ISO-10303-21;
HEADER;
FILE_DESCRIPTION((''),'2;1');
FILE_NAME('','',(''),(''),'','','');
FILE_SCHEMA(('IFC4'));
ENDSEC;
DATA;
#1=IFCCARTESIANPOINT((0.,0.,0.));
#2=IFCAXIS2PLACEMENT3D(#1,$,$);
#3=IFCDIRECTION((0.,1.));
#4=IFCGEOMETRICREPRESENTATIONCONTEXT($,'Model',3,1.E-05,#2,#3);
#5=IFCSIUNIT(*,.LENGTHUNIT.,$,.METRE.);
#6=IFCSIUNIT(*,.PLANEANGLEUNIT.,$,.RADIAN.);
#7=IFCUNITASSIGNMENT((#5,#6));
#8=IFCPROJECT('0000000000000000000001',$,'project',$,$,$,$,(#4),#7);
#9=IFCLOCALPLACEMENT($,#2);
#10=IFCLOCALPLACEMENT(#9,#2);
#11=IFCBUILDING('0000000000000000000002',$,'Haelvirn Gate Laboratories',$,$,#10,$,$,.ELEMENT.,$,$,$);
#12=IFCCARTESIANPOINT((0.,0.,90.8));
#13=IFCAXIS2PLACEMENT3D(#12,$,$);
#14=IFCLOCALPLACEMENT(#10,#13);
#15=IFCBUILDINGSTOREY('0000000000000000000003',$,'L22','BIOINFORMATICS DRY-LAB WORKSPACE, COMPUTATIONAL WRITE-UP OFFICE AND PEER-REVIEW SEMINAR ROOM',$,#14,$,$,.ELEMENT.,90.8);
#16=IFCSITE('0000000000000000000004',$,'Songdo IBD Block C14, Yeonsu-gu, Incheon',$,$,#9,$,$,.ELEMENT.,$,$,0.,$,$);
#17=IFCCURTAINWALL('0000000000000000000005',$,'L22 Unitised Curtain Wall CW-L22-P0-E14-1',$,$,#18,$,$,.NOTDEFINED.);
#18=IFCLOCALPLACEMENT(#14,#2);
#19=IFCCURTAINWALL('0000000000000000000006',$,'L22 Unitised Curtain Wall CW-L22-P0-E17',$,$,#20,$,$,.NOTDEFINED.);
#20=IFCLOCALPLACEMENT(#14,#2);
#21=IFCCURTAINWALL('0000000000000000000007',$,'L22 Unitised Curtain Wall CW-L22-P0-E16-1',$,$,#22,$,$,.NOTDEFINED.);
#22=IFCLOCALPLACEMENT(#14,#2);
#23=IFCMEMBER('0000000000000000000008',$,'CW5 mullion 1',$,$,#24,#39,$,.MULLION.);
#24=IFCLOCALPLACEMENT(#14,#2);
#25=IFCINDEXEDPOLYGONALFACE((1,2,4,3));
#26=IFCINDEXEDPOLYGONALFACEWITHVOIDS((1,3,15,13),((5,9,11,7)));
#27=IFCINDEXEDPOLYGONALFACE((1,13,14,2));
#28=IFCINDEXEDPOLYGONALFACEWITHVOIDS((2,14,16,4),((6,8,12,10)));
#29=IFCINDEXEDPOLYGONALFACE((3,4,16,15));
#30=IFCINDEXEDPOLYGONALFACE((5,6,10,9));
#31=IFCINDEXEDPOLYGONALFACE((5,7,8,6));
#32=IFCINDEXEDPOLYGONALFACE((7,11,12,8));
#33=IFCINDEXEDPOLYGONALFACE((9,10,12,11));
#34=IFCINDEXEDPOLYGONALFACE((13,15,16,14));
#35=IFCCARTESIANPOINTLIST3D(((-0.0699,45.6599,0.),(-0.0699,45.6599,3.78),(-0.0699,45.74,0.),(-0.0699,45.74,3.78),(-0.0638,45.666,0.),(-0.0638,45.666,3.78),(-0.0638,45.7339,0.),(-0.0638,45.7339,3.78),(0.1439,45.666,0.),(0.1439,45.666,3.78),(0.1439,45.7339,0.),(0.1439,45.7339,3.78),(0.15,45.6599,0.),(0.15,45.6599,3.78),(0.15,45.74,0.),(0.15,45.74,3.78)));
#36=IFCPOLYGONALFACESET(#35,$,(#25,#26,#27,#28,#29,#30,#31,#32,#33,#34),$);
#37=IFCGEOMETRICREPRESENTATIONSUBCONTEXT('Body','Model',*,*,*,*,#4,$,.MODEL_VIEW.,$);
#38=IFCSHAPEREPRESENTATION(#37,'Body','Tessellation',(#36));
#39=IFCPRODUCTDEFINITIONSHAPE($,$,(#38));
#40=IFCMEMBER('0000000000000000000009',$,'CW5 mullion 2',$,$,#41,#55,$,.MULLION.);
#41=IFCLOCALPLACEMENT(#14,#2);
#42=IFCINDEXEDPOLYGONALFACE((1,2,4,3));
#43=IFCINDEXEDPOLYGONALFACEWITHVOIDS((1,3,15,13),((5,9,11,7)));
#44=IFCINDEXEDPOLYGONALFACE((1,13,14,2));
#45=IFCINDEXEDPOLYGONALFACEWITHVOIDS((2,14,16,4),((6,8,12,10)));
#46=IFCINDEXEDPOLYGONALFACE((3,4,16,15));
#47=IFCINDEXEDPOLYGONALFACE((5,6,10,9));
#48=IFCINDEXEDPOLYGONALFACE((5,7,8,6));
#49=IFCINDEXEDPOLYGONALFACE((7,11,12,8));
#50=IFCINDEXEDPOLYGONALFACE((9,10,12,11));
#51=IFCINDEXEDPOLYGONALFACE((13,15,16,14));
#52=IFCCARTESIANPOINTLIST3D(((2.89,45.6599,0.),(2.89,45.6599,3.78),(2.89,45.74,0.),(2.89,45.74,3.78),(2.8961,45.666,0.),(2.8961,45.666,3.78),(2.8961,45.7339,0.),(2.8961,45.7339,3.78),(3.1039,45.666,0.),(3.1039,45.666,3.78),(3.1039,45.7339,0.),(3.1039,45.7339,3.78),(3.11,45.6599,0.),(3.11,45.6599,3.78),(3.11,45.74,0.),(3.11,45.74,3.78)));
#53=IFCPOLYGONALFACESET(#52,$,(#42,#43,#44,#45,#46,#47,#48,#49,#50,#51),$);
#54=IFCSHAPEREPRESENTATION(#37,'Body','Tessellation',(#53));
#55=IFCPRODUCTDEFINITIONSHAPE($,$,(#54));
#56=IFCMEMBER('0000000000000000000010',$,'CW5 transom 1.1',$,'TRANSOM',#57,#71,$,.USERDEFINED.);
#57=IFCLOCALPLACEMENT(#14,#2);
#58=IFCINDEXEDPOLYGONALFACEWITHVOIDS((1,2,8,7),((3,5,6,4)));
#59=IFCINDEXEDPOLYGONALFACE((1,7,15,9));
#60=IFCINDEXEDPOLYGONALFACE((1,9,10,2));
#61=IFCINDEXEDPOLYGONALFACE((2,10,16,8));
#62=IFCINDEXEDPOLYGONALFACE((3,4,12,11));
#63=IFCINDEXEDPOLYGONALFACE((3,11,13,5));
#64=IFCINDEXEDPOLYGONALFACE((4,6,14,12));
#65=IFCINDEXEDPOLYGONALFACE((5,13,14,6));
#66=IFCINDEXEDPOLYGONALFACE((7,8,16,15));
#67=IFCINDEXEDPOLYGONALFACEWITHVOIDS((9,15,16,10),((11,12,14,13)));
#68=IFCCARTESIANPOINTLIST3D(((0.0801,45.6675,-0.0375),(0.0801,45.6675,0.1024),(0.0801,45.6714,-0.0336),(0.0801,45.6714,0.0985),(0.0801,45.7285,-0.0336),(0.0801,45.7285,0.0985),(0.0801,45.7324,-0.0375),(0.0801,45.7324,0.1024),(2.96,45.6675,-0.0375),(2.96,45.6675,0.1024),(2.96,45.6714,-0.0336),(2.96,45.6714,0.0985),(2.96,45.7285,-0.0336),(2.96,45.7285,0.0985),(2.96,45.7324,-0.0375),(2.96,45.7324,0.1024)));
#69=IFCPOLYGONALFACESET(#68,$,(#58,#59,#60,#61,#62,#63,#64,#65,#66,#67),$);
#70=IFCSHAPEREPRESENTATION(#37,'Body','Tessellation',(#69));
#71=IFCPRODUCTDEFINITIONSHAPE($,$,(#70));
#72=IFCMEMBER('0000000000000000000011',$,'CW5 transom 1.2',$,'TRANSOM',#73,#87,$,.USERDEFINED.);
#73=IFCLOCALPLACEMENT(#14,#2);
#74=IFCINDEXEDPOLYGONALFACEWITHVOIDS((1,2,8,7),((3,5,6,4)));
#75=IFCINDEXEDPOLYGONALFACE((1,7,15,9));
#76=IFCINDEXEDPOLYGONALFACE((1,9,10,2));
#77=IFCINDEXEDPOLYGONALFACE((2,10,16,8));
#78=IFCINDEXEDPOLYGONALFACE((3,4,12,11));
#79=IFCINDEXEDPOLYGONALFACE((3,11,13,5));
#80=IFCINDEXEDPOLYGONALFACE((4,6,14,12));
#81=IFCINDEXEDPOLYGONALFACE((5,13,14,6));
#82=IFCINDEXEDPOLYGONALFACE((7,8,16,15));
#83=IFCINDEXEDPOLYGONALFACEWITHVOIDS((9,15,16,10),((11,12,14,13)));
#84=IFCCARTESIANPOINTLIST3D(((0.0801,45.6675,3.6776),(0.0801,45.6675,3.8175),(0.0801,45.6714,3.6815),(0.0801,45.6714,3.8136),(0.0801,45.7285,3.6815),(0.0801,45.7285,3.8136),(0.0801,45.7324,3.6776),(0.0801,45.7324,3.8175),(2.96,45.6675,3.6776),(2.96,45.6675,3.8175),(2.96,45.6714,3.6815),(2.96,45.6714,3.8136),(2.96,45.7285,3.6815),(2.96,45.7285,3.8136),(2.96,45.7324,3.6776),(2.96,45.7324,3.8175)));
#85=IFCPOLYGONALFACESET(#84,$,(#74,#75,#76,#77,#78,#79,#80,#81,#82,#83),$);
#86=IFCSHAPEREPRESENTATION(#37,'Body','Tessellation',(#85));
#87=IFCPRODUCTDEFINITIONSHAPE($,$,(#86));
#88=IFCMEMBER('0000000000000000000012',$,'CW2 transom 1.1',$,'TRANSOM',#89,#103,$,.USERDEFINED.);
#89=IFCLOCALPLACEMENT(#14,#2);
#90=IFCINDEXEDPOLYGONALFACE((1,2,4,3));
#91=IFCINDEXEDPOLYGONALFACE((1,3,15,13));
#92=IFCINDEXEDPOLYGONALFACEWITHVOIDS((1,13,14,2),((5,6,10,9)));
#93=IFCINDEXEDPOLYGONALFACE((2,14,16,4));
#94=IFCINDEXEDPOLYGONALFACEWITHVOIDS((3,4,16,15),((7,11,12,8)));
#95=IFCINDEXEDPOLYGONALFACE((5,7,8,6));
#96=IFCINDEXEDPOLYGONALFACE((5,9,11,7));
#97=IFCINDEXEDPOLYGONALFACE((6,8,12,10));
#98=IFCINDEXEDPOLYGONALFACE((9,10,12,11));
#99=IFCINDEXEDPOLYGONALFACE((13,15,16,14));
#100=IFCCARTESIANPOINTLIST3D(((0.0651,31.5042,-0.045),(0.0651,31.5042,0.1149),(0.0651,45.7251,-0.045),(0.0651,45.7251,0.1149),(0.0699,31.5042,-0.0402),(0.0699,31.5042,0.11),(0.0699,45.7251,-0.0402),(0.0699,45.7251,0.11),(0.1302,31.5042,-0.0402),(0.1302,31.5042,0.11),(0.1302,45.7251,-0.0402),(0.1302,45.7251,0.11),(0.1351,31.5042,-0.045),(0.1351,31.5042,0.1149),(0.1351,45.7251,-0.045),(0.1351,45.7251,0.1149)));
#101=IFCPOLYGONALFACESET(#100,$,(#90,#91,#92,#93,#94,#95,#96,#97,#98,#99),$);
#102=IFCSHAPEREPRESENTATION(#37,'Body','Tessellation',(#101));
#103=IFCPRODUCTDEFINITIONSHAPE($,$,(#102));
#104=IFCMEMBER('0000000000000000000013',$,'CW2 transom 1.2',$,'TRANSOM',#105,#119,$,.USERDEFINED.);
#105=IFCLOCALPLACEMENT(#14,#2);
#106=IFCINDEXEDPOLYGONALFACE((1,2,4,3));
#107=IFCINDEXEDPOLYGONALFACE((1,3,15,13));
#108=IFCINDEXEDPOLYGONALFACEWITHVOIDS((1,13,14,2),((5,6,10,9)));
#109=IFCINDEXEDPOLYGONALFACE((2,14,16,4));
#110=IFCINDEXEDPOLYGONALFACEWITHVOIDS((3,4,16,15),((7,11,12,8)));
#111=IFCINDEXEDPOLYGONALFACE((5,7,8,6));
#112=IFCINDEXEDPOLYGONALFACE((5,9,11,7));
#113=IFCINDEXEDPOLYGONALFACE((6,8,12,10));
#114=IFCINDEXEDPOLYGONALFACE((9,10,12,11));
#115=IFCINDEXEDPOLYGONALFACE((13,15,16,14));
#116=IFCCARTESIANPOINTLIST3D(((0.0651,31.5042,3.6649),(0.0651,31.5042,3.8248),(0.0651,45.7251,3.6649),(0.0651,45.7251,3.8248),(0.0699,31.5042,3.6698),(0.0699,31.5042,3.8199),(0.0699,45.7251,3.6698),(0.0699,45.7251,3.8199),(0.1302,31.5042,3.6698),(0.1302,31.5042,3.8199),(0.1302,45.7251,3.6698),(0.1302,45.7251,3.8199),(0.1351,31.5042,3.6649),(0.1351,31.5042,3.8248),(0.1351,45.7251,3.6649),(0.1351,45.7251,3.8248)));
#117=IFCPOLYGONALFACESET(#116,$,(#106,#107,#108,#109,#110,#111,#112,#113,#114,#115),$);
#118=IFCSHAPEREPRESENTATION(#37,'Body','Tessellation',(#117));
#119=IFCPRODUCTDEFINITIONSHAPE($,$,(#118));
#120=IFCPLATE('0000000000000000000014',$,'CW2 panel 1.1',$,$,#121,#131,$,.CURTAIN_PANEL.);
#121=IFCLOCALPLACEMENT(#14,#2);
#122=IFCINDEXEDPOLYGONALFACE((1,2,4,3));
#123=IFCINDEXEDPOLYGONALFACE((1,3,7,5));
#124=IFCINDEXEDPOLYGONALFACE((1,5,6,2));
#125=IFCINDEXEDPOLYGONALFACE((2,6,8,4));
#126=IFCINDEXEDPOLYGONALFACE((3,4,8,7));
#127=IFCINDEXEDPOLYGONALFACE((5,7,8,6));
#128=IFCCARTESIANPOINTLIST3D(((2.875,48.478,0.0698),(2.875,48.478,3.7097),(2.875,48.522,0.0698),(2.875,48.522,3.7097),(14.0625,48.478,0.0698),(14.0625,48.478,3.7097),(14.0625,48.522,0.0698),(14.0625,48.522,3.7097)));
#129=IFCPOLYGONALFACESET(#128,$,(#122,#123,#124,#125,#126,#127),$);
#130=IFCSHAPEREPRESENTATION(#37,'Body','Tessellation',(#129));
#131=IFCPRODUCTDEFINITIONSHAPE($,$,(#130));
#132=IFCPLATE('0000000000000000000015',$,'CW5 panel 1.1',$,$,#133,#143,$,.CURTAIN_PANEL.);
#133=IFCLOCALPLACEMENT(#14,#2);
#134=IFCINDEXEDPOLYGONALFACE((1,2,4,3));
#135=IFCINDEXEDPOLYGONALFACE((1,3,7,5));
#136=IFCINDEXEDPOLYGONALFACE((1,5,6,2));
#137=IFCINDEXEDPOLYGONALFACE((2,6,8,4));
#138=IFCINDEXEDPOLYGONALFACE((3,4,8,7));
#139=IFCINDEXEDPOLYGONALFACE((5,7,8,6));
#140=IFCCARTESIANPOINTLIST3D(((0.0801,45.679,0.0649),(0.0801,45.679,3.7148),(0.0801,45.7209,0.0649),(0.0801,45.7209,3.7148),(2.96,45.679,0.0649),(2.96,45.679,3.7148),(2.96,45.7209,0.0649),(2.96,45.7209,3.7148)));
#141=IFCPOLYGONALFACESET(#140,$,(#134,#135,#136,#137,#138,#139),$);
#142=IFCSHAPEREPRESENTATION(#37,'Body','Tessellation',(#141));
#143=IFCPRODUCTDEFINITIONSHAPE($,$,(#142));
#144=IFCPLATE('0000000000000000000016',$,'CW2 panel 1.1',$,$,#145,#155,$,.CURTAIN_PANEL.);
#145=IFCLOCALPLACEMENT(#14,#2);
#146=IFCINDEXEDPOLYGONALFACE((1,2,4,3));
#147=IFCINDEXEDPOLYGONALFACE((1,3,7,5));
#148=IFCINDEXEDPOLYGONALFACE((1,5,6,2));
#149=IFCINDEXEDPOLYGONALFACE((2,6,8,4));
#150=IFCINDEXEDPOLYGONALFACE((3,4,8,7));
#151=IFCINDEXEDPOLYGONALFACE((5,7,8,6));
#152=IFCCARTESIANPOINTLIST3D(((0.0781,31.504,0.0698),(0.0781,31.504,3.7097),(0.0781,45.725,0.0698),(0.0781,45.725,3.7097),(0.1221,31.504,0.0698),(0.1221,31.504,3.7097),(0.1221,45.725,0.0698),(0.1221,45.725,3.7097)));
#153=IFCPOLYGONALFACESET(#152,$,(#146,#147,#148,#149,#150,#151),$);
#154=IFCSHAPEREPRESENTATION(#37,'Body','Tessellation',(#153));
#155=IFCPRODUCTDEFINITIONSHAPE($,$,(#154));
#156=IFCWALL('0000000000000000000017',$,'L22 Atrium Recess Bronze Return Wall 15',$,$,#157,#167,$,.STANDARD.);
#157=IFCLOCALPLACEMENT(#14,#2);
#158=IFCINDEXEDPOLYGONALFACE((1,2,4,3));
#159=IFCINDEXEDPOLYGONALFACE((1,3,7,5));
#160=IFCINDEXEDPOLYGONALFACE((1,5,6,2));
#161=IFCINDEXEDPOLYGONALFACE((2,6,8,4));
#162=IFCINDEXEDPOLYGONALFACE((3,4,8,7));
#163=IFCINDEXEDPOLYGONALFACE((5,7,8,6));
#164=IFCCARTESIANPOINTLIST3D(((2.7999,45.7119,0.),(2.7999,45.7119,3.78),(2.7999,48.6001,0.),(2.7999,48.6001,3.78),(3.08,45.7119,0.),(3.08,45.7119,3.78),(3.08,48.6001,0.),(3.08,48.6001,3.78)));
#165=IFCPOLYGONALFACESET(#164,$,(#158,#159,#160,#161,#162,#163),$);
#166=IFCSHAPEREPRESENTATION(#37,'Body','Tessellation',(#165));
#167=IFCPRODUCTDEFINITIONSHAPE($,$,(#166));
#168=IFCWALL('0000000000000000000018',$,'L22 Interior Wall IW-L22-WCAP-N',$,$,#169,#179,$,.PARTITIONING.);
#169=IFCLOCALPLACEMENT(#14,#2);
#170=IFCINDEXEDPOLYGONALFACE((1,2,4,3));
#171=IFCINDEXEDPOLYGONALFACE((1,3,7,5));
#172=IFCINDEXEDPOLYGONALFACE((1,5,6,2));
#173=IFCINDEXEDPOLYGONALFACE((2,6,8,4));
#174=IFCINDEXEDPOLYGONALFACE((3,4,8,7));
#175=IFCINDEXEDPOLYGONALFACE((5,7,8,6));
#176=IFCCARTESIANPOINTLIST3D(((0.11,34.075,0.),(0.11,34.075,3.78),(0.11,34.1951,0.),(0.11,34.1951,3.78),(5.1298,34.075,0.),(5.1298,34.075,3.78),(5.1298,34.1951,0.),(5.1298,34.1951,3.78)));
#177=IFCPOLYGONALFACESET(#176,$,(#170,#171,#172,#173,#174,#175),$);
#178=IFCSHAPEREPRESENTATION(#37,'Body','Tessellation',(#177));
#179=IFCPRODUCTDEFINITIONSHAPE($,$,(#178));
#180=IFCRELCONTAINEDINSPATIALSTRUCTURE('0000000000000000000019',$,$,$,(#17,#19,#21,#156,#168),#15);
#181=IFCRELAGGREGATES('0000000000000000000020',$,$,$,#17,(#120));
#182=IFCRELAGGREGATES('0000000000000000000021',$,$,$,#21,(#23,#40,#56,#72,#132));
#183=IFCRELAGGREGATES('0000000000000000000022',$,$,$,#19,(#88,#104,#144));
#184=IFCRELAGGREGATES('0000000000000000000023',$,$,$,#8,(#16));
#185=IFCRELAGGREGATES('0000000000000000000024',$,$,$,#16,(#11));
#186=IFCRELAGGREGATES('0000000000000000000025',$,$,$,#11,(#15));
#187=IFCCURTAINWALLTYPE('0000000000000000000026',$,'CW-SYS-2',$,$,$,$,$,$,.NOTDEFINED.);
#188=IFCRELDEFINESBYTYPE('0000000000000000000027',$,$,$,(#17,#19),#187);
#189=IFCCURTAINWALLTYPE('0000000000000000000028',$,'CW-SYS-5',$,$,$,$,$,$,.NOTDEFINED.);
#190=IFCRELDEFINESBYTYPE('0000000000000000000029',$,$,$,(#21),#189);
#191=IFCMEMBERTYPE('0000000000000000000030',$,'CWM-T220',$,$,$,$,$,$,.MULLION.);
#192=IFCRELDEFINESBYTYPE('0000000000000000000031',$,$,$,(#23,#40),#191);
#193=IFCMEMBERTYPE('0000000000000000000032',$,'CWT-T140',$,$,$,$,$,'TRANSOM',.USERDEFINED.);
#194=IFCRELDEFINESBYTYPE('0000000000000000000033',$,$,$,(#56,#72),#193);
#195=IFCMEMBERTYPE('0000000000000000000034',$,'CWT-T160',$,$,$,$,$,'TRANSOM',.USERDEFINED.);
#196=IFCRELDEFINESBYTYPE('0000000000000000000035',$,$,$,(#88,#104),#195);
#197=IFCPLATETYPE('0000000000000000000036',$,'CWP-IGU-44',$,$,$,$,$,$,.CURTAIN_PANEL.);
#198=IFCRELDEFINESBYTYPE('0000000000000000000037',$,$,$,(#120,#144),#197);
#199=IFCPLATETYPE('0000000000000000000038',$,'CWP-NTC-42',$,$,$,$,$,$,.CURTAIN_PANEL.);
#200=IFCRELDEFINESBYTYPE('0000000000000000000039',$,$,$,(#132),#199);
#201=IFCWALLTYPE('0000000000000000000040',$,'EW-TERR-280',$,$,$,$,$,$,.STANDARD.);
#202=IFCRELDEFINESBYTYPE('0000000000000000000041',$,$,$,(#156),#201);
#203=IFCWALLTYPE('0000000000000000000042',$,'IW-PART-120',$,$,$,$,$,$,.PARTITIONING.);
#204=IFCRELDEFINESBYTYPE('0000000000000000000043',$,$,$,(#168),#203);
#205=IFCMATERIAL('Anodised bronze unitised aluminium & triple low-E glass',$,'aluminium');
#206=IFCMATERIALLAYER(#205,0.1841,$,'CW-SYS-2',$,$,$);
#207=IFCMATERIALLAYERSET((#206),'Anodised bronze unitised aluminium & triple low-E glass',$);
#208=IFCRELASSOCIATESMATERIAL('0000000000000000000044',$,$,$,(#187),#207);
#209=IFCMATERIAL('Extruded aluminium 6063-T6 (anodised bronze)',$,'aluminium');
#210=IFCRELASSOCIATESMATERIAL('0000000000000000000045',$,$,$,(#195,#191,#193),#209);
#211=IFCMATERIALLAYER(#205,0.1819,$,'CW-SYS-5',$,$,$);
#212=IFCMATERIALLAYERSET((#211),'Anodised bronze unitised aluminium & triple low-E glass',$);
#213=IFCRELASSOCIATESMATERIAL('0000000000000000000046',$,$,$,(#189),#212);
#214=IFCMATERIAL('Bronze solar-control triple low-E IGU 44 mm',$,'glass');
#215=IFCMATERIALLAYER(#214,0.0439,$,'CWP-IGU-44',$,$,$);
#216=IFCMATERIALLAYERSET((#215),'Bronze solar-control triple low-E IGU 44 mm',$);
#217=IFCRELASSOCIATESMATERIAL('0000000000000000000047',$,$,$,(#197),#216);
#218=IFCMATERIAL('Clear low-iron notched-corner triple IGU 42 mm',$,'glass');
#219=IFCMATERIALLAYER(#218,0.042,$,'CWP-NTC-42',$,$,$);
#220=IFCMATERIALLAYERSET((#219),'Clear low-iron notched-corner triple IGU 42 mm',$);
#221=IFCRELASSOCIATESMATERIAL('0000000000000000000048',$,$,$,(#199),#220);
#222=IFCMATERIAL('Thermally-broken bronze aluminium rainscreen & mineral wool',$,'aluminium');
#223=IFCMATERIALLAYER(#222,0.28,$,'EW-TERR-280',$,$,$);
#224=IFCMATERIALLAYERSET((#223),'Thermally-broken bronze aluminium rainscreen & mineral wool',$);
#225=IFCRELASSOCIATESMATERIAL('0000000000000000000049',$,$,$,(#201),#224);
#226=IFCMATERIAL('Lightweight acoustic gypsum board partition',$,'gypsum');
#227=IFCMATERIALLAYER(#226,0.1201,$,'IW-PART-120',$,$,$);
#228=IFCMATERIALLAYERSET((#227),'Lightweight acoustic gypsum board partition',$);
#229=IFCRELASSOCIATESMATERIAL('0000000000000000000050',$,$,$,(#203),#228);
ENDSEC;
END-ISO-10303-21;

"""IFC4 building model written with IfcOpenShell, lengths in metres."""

from ifc_helpers import new_model, si_unit, direction, frame, frame_2d, origin, origin_2d, place, context, subcontext, project, spatial, rectangle, hollow_rectangle, extrude, source, transform, mapped, material, layer, layer_set, material_profile, profile_set, type_object, type_shapes, element, aggregate, save


model = new_model("IFC4")

# Units and contexts
model_context = context("Model", 3, precision=1e-05, world=origin(), true_north=direction((0.0, 1.0)))
body_context = subcontext(model_context, "Body", "Model", "MODEL_VIEW")
ifc_project = project(units=[si_unit("LENGTHUNIT", "METRE"), si_unit("PLANEANGLEUNIT", "RADIAN")], contexts=[model_context])

# Site, building, storey
site_placement = place(None, origin())
site = spatial("IfcSite", under=ifc_project, at=site_placement, Name="Songdo IBD Block C14, Yeonsu-gu, Incheon", CompositionType="ELEMENT", RefElevation=0.0)
building_placement = place(site_placement, origin())
building = spatial("IfcBuilding", under=site, at=building_placement, Name="Haelvirn Gate Laboratories", CompositionType="ELEMENT")
storey_placement = place(building_placement, frame((0.0, 0.0, 90.8)))
storey = spatial("IfcBuildingStorey", under=building, at=storey_placement, Name="L22", Description="BIOINFORMATICS DRY-LAB WORKSPACE, COMPUTATIONAL WRITE-UP OFFICE AND PEER-REVIEW SEMINAR ROOM", CompositionType="ELEMENT", Elevation=90.8)

# Curtain walls
ifc_material_1 = material(Name="Anodised bronze unitised aluminium & triple low-E glass", Category="aluminium")
ifc_layer_1 = layer(ifc_material_1, 0.1841, Name="CW-SYS-2")
ifc_layer_set_1 = layer_set([ifc_layer_1], Name="Anodised bronze unitised aluminium & triple low-E glass")
curtain_wall_type_1 = type_object("IfcCurtainWallType", Name="CW-SYS-2", PredefinedType="NOTDEFINED", material=ifc_layer_set_1)
curtain_wall_1_placement = place(storey_placement, origin())
curtain_wall_1 = element("IfcCurtainWall", 1, at=curtain_wall_1_placement, inside=storey, type_object=curtain_wall_type_1, Name="L22 Unitised Curtain Wall CW-L22-P0-E14-1", PredefinedType="NOTDEFINED")
ifc_material_2 = material(Name="Extruded aluminium 6063-T6 (anodised bronze)", Category="aluminium")
curtain_wall_2_placement = place(storey_placement, origin())
curtain_wall_2 = element("IfcCurtainWall", 2, at=curtain_wall_2_placement, inside=storey, type_object=curtain_wall_type_1, Name="L22 Unitised Curtain Wall CW-L22-P0-E17", PredefinedType="NOTDEFINED")

# Shared definitions
ifc_material_profile_1 = material_profile(ifc_material_2, hollow_rectangle(XDim=0.0701, YDim=0.1599, WallThickness=0.0049, at=origin_2d()), Name="CWT-160x70x5")
ifc_profile_set_1 = profile_set([ifc_material_profile_1], Name="Extruded aluminium 6063-T6 (anodised bronze)")
member_type_1 = type_object("IfcMemberType", Name="CWT-T160", ElementType="TRANSOM", PredefinedType="USERDEFINED", material=ifc_profile_set_1)

# Curtain wall, members
ifc_layer_2 = layer(ifc_material_1, 0.1819, Name="CW-SYS-5")
ifc_layer_set_2 = layer_set([ifc_layer_2], Name="Anodised bronze unitised aluminium & triple low-E glass")
curtain_wall_type_2 = type_object("IfcCurtainWallType", Name="CW-SYS-5", PredefinedType="NOTDEFINED", material=ifc_layer_set_2)
curtain_wall_3_placement = place(storey_placement, origin())
curtain_wall_3 = element("IfcCurtainWall", 3, at=curtain_wall_3_placement, inside=storey, type_object=curtain_wall_type_2, Name="L22 Unitised Curtain Wall CW-L22-P0-E16-1", PredefinedType="NOTDEFINED")
ifc_material_profile_2 = material_profile(ifc_material_2, hollow_rectangle(XDim=0.0801, YDim=0.22, WallThickness=0.0061, at=origin_2d()), Name="CWM-220x80x6")
ifc_profile_set_2 = profile_set([ifc_material_profile_2], Name="Extruded aluminium 6063-T6 (anodised bronze)")
member_type_2 = type_object("IfcMemberType", Name="CWM-T220", PredefinedType="MULLION", material=ifc_profile_set_2)
shared_shape_1 = source(origin(), body_context, "Body", "SweptSolid", [
    extrude(hollow_rectangle(XDim=0.0801, YDim=0.22, WallThickness=0.0061, at=origin_2d()), origin(), (0.0, 0.0, 1.0), 3.78),
])
type_shapes(member_type_2, [shared_shape_1])
member_1_placement = place(storey_placement, frame((0.04, 45.7, 0.0), z_axis=(0.0, 0.0, 1.0), x_axis=(0.0, 1.0, 0.0)))
member_1 = element("IfcMember", 4, at=member_1_placement, type_object=member_type_2, Name="CW5 mullion 1", PredefinedType="MULLION", context=body_context, shape_type="MappedRepresentation", body=[
    mapped(shared_shape_1, transform((0.0, 0.0, 0.0), scale=1.0)),
])
member_2_placement = place(storey_placement, frame((3.0, 45.7, 0.0), z_axis=(0.0, 0.0, 1.0), x_axis=(0.0, 1.0, 0.0)))
member_2 = element("IfcMember", 5, at=member_2_placement, type_object=member_type_2, Name="CW5 mullion 2", PredefinedType="MULLION", context=body_context, shape_type="MappedRepresentation", body=[
    mapped(shared_shape_1, transform((0.0, 0.0, 0.0), scale=1.0)),
])
ifc_material_profile_3 = material_profile(ifc_material_2, hollow_rectangle(XDim=0.0649, YDim=0.1399, WallThickness=0.0039, at=origin_2d()), Name="CWT-140x65x4")
ifc_profile_set_3 = profile_set([ifc_material_profile_3], Name="Extruded aluminium 6063-T6 (anodised bronze)")
member_type_3 = type_object("IfcMemberType", Name="CWT-T140", ElementType="TRANSOM", PredefinedType="USERDEFINED", material=ifc_profile_set_3)
shared_shape_2 = source(origin(), body_context, "Body", "SweptSolid", [
    extrude(hollow_rectangle(XDim=0.0649, YDim=0.1399, WallThickness=0.0039, at=origin_2d()), origin(), (0.0, 0.0, 1.0), 2.8799),
])
type_shapes(member_type_3, [shared_shape_2])
member_3_placement = place(storey_placement, frame((0.0801, 45.7, 0.0325), z_axis=(1.0, 0.0, 0.0), x_axis=(0.0, 1.0, 0.0)))
member_3 = element("IfcMember", 6, at=member_3_placement, type_object=member_type_3, Name="CW5 transom 1.1", ObjectType="TRANSOM", PredefinedType="USERDEFINED", context=body_context, shape_type="MappedRepresentation", body=[
    mapped(shared_shape_2, transform((0.0, 0.0, 0.0), scale=1.0)),
])
member_4_placement = place(storey_placement, frame((0.0801, 45.7, 3.7476), z_axis=(1.0, 0.0, 0.0), x_axis=(0.0, 1.0, 0.0)))
member_4 = element("IfcMember", 7, at=member_4_placement, type_object=member_type_3, Name="CW5 transom 1.2", ObjectType="TRANSOM", PredefinedType="USERDEFINED", context=body_context, shape_type="MappedRepresentation", body=[
    mapped(shared_shape_2, transform((0.0, 0.0, 0.0), scale=1.0)),
])

# Members
shared_shape_3 = source(origin(), body_context, "Body", "SweptSolid", [
    extrude(hollow_rectangle(XDim=0.0701, YDim=0.1599, WallThickness=0.0049, at=origin_2d()), origin(), (0.0, 0.0, 1.0), 14.2209),
])
member_5_placement = place(storey_placement, frame((0.1001, 45.7251, 0.0349), z_axis=(0.0, -1.0, 0.0), x_axis=(1.0, 0.0, 0.0)))
member_5 = element("IfcMember", 8, at=member_5_placement, type_object=member_type_1, Name="CW2 transom 1.1", ObjectType="TRANSOM", PredefinedType="USERDEFINED", context=body_context, shape_type="MappedRepresentation", body=[
    mapped(shared_shape_3, transform((0.0, 0.0, 0.0), scale=1.0)),
])
member_6_placement = place(storey_placement, frame((0.1001, 45.7251, 3.7449), z_axis=(0.0, -1.0, 0.0), x_axis=(1.0, 0.0, 0.0)))
member_6 = element("IfcMember", 9, at=member_6_placement, type_object=member_type_1, Name="CW2 transom 1.2", ObjectType="TRANSOM", PredefinedType="USERDEFINED", context=body_context, shape_type="MappedRepresentation", body=[
    mapped(shared_shape_3, transform((0.0, 0.0, 0.0), scale=1.0)),
])

# Plates
ifc_material_3 = material(Name="Bronze solar-control triple low-E IGU 44 mm", Category="glass")
ifc_layer_3 = layer(ifc_material_3, 0.0439, Name="CWP-IGU-44")
ifc_layer_set_3 = layer_set([ifc_layer_3], Name="Bronze solar-control triple low-E IGU 44 mm")
plate_type_1 = type_object("IfcPlateType", Name="CWP-IGU-44", PredefinedType="CURTAIN_PANEL", material=ifc_layer_set_3)
shared_shape_4 = source(origin(), body_context, "Body", "SweptSolid", [
    extrude(rectangle(XDim=11.1875, YDim=0.0439, at=origin_2d()), origin(), (0.0, 0.0, 1.0), 3.6399),
])
plate_1_placement = place(storey_placement, frame((8.4688, 48.5, 0.0698), z_axis=(0.0, 0.0, 1.0), x_axis=(1.0, 0.0, 0.0)))
plate_1 = element("IfcPlate", 10, at=plate_1_placement, type_object=plate_type_1, Name="CW2 panel 1.1", PredefinedType="CURTAIN_PANEL", context=body_context, shape_type="MappedRepresentation", body=[
    mapped(shared_shape_4, transform((0.0, 0.0, 0.0), scale=1.0)),
])
aggregate(curtain_wall_1, [plate_1])
ifc_material_4 = material(Name="Clear low-iron notched-corner triple IGU 42 mm", Category="glass")
ifc_layer_4 = layer(ifc_material_4, 0.042, Name="CWP-NTC-42")
ifc_layer_set_4 = layer_set([ifc_layer_4], Name="Clear low-iron notched-corner triple IGU 42 mm")
plate_type_2 = type_object("IfcPlateType", Name="CWP-NTC-42", PredefinedType="CURTAIN_PANEL", material=ifc_layer_set_4)
shared_shape_5 = source(origin(), body_context, "Body", "SweptSolid", [
    extrude(rectangle(XDim=2.8799, YDim=0.042, at=origin_2d()), origin(), (0.0, 0.0, 1.0), 3.6499),
])
type_shapes(plate_type_2, [shared_shape_5])
plate_2_placement = place(storey_placement, frame((1.52, 45.7, 0.0649), z_axis=(0.0, 0.0, 1.0), x_axis=(1.0, 0.0, 0.0)))
plate_2 = element("IfcPlate", 11, at=plate_2_placement, type_object=plate_type_2, Name="CW5 panel 1.1", PredefinedType="CURTAIN_PANEL", context=body_context, shape_type="MappedRepresentation", body=[
    mapped(shared_shape_5, transform((0.0, 0.0, 0.0), scale=1.0)),
])
aggregate(curtain_wall_3, [member_1, member_2, member_3, member_4, plate_2])
shared_shape_6 = source(origin(), body_context, "Body", "SweptSolid", [
    extrude(rectangle(XDim=14.2209, YDim=0.0439, at=origin_2d()), origin(), (0.0, 0.0, 1.0), 3.6399),
])
type_shapes(plate_type_1, [shared_shape_4, shared_shape_6])
plate_3_placement = place(storey_placement, frame((0.1001, 38.6145, 0.0698), z_axis=(0.0, 0.0, 1.0), x_axis=(0.0, -1.0, 0.0)))
plate_3 = element("IfcPlate", 12, at=plate_3_placement, type_object=plate_type_1, Name="CW2 panel 1.1", PredefinedType="CURTAIN_PANEL", context=body_context, shape_type="MappedRepresentation", body=[
    mapped(shared_shape_6, transform((0.0, 0.0, 0.0), scale=1.0)),
])
aggregate(curtain_wall_2, [member_5, member_6, plate_3])

# Walls
ifc_material_5 = material(Name="Thermally-broken bronze aluminium rainscreen & mineral wool", Category="aluminium")
ifc_layer_5 = layer(ifc_material_5, 0.28, Name="EW-TERR-280")
ifc_layer_set_5 = layer_set([ifc_layer_5], Name="Thermally-broken bronze aluminium rainscreen & mineral wool")
wall_type_1 = type_object("IfcWallType", Name="EW-TERR-280", PredefinedType="STANDARD", material=ifc_layer_set_5)
wall_1_placement = place(storey_placement, frame((2.9399, 48.6001, 0.0), z_axis=(0.0, 0.0, 1.0), x_axis=(0.0, -1.0, 0.0)))
element("IfcWall", 13, at=wall_1_placement, inside=storey, type_object=wall_type_1, Name="L22 Atrium Recess Bronze Return Wall 15", PredefinedType="STANDARD", context=body_context, shape_type="SweptSolid", body=[
    extrude(rectangle(XDim=2.8882, YDim=0.28, at=frame_2d((1.4441, 0.0))), origin(), (0.0, 0.0, 1.0), 3.78),
])
ifc_material_6 = material(Name="Lightweight acoustic gypsum board partition", Category="gypsum")
ifc_layer_6 = layer(ifc_material_6, 0.1201, Name="IW-PART-120")
ifc_layer_set_6 = layer_set([ifc_layer_6], Name="Lightweight acoustic gypsum board partition")
wall_type_2 = type_object("IfcWallType", Name="IW-PART-120", PredefinedType="PARTITIONING", material=ifc_layer_set_6)
wall_2_placement = place(storey_placement, frame((0.1101, 34.135, 0.0), z_axis=(0.0, 0.0, 1.0), x_axis=(1.0, 0.0, 0.0)))
element("IfcWall", 14, at=wall_2_placement, inside=storey, type_object=wall_type_2, Name="L22 Interior Wall IW-L22-WCAP-N", PredefinedType="PARTITIONING", context=body_context, shape_type="SweptSolid", body=[
    extrude(rectangle(XDim=5.0198, YDim=0.1201, at=frame_2d((2.5098, 0.0))), origin(), (0.0, 0.0, 1.0), 3.78),
])

save(model, "model.ifc")
